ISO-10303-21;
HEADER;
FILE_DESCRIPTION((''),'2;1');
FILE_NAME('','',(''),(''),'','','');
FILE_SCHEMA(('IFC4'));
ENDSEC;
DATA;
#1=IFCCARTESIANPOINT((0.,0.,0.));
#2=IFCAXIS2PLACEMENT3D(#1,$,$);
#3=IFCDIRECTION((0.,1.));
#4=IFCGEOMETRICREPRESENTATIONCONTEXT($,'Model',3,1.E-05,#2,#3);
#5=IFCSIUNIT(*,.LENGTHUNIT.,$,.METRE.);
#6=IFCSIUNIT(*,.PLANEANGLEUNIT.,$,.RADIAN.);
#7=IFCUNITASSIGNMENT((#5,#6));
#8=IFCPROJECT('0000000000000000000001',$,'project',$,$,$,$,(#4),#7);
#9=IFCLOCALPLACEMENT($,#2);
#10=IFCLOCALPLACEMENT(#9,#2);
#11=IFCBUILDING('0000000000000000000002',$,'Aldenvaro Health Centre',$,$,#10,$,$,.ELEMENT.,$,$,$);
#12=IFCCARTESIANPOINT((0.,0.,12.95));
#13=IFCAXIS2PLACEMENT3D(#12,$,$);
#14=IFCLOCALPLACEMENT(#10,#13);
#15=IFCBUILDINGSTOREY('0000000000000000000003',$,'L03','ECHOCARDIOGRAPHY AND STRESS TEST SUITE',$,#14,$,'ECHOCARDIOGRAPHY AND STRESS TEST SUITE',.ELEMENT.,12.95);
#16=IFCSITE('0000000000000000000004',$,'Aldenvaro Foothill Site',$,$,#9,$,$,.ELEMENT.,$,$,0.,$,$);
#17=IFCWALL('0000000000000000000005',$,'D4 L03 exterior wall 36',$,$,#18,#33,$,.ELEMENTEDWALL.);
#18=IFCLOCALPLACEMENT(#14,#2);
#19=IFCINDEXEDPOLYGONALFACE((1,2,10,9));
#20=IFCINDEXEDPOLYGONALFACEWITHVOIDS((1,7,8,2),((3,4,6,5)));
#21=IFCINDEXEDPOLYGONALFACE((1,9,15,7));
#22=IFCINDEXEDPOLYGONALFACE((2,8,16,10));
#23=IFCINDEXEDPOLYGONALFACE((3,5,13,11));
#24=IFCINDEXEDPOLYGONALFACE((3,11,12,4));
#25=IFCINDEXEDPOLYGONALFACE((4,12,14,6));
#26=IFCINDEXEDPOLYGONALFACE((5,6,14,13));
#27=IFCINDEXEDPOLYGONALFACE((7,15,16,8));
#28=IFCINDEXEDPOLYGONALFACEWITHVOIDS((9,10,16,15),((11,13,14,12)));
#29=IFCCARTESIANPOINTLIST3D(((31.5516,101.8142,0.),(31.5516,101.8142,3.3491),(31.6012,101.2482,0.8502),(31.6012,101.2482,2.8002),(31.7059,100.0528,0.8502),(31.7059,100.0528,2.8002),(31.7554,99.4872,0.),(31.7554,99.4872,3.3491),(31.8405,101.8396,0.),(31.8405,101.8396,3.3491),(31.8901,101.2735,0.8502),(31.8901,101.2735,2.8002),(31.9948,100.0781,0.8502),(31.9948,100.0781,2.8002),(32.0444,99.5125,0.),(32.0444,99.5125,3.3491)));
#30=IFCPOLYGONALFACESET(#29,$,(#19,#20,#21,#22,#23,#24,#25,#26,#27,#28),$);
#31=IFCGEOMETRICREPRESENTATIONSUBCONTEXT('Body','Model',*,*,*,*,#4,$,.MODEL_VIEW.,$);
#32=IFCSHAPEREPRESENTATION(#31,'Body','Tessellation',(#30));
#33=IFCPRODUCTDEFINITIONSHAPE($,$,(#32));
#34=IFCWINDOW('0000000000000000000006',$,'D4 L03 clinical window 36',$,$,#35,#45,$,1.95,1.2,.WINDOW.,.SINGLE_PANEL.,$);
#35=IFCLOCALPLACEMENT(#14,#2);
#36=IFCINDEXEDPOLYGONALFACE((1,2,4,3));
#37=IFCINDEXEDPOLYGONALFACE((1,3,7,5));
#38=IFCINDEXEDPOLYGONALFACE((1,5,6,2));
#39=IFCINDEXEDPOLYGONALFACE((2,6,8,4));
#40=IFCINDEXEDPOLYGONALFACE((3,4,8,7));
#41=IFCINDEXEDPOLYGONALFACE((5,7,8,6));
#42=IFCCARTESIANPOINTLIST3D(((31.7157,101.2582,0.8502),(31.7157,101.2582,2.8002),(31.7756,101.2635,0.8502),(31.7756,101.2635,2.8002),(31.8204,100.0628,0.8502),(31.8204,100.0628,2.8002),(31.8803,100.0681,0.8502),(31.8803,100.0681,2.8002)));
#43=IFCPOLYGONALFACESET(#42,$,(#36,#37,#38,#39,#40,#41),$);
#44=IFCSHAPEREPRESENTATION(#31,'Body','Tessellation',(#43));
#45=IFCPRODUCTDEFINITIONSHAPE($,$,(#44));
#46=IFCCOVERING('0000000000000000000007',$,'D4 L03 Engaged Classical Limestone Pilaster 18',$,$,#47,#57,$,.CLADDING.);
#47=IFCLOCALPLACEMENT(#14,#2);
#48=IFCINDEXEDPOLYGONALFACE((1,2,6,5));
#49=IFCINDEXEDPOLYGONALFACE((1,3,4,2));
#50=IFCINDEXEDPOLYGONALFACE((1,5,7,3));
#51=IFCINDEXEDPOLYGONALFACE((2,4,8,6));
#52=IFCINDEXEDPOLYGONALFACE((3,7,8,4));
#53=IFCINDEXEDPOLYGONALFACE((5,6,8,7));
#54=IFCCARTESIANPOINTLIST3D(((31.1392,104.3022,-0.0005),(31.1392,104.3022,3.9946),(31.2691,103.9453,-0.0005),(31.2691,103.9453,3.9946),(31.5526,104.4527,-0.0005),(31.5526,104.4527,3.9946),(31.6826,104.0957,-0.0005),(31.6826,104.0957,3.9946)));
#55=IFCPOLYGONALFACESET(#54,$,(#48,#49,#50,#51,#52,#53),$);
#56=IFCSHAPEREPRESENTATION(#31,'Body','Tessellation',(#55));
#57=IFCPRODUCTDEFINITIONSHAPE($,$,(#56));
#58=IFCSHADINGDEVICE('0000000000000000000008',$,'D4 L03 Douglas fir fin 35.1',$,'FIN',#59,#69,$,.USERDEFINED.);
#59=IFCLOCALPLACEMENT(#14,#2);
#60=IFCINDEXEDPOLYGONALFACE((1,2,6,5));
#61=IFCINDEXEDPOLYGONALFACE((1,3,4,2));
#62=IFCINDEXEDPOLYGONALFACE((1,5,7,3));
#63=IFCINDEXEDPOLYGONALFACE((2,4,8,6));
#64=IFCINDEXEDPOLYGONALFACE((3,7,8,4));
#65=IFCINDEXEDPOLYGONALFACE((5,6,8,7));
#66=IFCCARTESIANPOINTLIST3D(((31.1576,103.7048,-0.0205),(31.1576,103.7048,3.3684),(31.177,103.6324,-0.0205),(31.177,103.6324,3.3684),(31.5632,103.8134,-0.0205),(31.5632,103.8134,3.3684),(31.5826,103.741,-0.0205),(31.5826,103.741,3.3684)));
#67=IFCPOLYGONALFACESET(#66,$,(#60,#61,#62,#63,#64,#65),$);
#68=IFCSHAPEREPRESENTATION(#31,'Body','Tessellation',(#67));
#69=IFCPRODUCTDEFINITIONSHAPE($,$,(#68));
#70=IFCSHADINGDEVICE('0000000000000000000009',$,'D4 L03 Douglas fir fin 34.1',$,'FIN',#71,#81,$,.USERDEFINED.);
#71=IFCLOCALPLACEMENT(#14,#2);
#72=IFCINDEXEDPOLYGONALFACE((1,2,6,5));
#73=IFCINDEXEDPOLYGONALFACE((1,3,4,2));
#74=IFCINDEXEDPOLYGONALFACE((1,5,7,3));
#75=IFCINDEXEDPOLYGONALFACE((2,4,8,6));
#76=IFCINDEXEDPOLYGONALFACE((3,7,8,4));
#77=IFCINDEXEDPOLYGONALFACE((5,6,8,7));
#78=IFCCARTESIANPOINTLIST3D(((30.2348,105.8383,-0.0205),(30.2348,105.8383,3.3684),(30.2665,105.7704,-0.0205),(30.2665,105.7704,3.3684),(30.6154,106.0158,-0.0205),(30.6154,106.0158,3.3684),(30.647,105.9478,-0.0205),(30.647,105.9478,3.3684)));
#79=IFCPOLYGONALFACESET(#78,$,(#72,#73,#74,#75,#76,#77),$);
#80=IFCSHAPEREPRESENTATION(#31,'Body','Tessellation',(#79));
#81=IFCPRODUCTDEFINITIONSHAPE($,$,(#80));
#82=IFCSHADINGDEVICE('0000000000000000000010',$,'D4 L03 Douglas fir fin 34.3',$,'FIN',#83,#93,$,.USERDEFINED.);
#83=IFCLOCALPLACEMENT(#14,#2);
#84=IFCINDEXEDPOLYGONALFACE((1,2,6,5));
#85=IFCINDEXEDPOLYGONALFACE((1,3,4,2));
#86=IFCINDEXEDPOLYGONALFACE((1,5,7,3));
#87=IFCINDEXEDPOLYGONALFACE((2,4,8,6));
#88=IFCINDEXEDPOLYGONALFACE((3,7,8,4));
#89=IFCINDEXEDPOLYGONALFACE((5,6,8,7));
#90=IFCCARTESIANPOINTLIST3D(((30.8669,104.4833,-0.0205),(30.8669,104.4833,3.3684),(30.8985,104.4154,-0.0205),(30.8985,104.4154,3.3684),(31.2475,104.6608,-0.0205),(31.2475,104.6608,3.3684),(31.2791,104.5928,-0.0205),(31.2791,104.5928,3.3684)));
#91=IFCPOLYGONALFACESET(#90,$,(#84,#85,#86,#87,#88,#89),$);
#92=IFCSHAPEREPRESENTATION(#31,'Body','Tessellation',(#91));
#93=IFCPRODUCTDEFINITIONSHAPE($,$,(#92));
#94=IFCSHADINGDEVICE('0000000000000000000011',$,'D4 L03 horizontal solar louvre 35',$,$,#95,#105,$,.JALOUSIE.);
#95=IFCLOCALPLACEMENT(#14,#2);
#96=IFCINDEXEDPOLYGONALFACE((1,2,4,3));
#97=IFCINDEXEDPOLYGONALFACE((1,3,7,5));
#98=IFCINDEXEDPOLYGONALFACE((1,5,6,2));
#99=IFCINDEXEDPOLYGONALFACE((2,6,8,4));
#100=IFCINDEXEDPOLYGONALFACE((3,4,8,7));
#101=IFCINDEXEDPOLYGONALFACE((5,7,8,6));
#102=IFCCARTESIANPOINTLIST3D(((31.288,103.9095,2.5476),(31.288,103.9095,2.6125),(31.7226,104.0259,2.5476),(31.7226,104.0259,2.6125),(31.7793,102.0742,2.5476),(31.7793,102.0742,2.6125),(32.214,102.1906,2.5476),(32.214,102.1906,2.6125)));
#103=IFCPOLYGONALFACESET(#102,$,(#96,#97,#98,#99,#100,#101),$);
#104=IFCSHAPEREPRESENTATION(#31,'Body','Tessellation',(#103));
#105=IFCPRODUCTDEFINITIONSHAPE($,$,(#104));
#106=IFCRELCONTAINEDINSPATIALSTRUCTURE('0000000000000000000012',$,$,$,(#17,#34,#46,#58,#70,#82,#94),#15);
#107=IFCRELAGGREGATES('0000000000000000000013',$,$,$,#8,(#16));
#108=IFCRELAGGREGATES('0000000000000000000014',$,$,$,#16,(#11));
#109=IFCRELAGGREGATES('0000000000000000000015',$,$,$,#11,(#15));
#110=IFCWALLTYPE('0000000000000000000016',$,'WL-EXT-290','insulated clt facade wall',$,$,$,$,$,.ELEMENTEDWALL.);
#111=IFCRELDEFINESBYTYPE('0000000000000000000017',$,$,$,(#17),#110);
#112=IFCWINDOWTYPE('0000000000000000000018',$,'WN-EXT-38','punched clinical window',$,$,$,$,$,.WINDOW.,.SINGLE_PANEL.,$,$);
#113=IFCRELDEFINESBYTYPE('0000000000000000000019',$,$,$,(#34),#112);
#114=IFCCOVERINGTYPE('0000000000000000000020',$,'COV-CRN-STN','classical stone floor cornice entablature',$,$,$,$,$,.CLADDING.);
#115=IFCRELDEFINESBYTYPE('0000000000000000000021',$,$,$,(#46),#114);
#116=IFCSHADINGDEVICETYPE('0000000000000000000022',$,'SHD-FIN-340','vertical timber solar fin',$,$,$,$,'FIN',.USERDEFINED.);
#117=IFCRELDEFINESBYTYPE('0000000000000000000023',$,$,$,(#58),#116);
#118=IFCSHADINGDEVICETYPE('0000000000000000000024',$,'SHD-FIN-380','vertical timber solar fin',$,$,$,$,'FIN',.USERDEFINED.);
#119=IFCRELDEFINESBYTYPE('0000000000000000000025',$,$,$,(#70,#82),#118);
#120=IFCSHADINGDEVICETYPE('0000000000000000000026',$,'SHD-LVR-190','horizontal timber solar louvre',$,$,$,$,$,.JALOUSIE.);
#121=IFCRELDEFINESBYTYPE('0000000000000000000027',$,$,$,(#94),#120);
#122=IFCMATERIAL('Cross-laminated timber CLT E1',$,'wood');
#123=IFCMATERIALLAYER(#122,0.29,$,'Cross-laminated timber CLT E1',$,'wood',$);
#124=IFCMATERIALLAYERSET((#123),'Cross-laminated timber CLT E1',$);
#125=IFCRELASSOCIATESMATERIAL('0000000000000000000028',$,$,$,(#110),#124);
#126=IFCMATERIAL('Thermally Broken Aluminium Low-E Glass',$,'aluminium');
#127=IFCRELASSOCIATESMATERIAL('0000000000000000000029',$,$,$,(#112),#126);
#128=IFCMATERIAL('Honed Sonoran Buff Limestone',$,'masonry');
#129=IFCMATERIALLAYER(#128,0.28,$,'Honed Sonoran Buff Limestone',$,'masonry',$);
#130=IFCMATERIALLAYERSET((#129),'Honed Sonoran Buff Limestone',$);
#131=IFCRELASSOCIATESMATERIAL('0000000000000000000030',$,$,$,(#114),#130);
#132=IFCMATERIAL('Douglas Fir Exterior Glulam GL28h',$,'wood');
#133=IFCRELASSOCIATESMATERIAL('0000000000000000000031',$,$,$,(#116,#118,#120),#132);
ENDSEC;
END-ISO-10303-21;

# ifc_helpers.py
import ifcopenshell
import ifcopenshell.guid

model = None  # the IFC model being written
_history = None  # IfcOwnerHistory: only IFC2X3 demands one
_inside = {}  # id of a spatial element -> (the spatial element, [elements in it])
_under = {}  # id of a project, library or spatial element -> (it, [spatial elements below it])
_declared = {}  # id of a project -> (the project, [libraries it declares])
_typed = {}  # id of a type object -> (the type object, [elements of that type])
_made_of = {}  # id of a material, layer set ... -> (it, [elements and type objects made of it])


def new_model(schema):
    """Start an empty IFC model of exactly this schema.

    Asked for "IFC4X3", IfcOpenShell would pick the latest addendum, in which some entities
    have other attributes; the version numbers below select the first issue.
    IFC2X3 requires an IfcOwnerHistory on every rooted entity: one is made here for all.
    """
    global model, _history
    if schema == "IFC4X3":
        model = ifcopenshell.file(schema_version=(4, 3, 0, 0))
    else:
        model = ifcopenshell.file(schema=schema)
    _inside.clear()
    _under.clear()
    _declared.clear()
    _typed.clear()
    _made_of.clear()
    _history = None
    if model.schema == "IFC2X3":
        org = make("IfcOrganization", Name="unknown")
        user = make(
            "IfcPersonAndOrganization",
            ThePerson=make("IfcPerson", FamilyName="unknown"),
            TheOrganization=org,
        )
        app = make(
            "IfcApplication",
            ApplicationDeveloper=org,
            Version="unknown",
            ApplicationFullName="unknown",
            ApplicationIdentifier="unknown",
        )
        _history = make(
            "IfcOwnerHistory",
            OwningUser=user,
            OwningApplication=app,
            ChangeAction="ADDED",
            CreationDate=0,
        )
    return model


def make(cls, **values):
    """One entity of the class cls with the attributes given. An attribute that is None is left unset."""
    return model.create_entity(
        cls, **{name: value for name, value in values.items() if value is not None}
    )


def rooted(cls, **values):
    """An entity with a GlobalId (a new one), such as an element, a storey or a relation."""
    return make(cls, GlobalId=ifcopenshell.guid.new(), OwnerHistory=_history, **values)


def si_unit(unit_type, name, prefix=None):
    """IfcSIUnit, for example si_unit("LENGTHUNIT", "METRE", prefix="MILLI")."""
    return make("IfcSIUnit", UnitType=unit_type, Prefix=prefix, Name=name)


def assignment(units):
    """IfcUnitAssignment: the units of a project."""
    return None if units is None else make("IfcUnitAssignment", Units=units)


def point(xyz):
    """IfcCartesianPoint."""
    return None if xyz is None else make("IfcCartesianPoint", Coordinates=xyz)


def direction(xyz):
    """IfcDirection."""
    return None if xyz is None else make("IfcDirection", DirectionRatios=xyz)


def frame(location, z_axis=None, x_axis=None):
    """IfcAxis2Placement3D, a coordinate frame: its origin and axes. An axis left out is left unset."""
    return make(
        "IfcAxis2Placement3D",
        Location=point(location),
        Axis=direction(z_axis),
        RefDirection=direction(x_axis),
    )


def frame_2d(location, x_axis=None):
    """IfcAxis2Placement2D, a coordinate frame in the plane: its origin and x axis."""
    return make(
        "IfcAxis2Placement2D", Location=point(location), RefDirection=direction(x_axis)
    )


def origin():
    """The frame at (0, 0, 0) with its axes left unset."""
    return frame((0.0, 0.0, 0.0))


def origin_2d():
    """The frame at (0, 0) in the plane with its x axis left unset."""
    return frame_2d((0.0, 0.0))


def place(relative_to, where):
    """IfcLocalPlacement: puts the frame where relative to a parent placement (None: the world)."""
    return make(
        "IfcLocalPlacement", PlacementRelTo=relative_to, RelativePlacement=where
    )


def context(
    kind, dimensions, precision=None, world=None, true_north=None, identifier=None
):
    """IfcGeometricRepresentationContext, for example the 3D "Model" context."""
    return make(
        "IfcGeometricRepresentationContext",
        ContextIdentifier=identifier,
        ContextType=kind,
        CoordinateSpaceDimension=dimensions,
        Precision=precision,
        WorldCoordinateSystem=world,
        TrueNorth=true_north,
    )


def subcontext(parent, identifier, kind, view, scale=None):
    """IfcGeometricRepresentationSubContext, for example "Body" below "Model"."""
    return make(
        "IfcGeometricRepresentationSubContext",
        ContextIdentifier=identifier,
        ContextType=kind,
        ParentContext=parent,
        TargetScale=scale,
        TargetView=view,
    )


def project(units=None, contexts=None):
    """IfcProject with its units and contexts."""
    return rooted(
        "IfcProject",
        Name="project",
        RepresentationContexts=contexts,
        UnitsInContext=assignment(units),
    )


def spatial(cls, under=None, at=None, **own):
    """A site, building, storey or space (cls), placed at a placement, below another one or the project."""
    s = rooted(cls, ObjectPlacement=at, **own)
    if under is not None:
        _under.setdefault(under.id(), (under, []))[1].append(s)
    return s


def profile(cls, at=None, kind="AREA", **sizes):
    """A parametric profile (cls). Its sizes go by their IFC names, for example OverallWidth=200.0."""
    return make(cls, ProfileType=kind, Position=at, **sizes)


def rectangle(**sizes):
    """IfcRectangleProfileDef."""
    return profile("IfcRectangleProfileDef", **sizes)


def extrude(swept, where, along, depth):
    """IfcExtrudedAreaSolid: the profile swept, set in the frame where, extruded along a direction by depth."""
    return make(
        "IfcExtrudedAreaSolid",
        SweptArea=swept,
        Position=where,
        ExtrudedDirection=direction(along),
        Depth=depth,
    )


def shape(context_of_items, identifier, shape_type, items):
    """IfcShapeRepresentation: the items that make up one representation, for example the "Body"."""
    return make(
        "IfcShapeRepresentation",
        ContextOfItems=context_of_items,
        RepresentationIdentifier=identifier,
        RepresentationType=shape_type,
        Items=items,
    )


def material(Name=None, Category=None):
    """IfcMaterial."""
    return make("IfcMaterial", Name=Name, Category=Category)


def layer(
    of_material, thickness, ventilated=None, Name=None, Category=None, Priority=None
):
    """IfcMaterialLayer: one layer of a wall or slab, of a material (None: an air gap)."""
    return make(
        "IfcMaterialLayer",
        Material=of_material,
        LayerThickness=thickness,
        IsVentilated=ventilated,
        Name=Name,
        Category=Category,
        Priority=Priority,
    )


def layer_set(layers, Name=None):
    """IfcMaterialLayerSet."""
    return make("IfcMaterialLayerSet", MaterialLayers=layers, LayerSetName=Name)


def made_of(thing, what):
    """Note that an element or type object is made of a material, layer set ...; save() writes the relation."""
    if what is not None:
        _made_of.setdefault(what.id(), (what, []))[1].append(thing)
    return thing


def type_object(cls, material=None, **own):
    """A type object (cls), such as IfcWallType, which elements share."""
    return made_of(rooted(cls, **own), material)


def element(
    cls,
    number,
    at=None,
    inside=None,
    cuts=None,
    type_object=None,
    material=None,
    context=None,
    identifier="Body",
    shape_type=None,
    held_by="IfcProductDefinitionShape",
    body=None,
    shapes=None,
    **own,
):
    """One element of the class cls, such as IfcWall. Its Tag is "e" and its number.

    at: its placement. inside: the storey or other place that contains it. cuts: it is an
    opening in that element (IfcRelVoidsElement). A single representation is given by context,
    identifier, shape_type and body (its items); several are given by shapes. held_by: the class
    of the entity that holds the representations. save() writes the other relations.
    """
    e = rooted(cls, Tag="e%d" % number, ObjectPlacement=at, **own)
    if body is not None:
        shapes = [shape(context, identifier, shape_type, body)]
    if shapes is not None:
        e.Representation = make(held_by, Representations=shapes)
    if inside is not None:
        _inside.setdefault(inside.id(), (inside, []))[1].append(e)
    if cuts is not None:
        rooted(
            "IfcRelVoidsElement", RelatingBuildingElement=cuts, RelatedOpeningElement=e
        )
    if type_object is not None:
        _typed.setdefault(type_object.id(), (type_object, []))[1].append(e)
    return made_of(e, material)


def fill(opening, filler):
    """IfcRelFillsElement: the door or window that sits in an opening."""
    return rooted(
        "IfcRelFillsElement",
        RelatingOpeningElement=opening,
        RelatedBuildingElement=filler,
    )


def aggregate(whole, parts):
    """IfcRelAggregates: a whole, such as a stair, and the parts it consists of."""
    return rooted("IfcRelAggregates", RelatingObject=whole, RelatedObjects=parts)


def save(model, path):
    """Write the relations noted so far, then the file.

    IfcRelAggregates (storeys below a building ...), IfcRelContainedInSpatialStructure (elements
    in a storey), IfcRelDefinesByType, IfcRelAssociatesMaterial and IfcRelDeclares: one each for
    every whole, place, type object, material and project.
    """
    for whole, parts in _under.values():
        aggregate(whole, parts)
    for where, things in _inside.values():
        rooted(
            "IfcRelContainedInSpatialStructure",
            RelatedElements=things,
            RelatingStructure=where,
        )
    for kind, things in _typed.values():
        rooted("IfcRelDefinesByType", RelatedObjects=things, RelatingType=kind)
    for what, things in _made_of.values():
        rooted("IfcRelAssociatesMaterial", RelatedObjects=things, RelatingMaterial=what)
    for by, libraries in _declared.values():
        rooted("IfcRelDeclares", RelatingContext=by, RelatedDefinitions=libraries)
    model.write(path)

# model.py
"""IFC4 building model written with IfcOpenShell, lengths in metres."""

from ifc_helpers import new_model, si_unit, direction, frame, frame_2d, origin, origin_2d, place, context, subcontext, project, spatial, rectangle, extrude, material, layer, layer_set, type_object, element, fill, save


model = new_model("IFC4")

# Units and contexts
model_context = context("Model", 3, precision=1e-05, world=origin(), true_north=direction((0.0, 1.0)))
body_context = subcontext(model_context, "Body", "Model", "MODEL_VIEW")
ifc_project = project(units=[si_unit("LENGTHUNIT", "METRE"), si_unit("PLANEANGLEUNIT", "RADIAN")], contexts=[model_context])

# Site, building, storey
site_placement = place(None, origin())
site = spatial("IfcSite", under=ifc_project, at=site_placement, Name="Aldenvaro Foothill Site", CompositionType="ELEMENT", RefElevation=0.0)
building_placement = place(site_placement, origin())
building = spatial("IfcBuilding", under=site, at=building_placement, Name="Aldenvaro Health Centre", CompositionType="ELEMENT")
storey_placement = place(building_placement, frame((0.0, 0.0, 12.95)))
storey = spatial("IfcBuildingStorey", under=building, at=storey_placement, Name="L03", Description="ECHOCARDIOGRAPHY AND STRESS TEST SUITE", LongName="ECHOCARDIOGRAPHY AND STRESS TEST SUITE", CompositionType="ELEMENT", Elevation=12.95)

# Wall, opening, window
ifc_material_1 = material(Name="Cross-laminated timber CLT E1", Category="wood")
ifc_layer_1 = layer(ifc_material_1, 0.29, Name="Cross-laminated timber CLT E1", Category="wood")
ifc_layer_set_1 = layer_set([ifc_layer_1], Name="Cross-laminated timber CLT E1")
wall_type = type_object("IfcWallType", Name="WL-EXT-290", Description="insulated clt facade wall", PredefinedType="ELEMENTEDWALL", material=ifc_layer_set_1)
ifc_material_2 = material(Name="Thermally Broken Aluminium Low-E Glass", Category="aluminium")
wall_1_placement = place(storey_placement, frame((31.696, 101.8269, 0.0), z_axis=(0.0, 0.0, 1.0), x_axis=(0.087275, -0.996184, 0.0)))
wall_1 = element("IfcWall", 1, at=wall_1_placement, inside=storey, type_object=wall_type, Name="D4 L03 exterior wall 36", PredefinedType="ELEMENTEDWALL", context=body_context, shape_type="SweptSolid", body=[
    extrude(rectangle(XDim=2.3359, YDim=0.29, at=frame_2d((1.168, 0.0))), origin(), (0.0, 0.0, 1.0), 3.3491),
])
opening_1_placement = place(wall_1_placement, frame((0.5681, 0.0, 0.8501)))
opening_1 = element("IfcOpeningElement", 2, at=opening_1_placement, cuts=wall_1, PredefinedType="OPENING", context=body_context, shape_type="SweptSolid", body=[
    extrude(rectangle(XDim=1.2, YDim=1.95, at=frame_2d((0.6001, 0.9751))), frame((0.0, 0.155, 0.0), z_axis=(0.0, -1.0, 0.0), x_axis=(1.0, 0.0, 0.0)), (0.0, 0.0, 1.0), 0.3101),
])
window_type_1 = type_object("IfcWindowType", Name="WN-EXT-38", Description="punched clinical window", PartitioningType="SINGLE_PANEL", PredefinedType="WINDOW", material=ifc_material_2)
window_1_placement = place(opening_1_placement, origin())
window_1 = element("IfcWindow", 3, at=window_1_placement, inside=storey, type_object=window_type_1, Name="D4 L03 clinical window 36", OverallHeight=1.95, OverallWidth=1.2, PartitioningType="SINGLE_PANEL", PredefinedType="WINDOW", context=body_context, shape_type="SweptSolid", body=[
    extrude(rectangle(XDim=1.2, YDim=1.95, at=frame_2d((0.6001, 0.9751))), frame((0.0, 0.03, 0.0), z_axis=(0.0, -1.0, 0.0), x_axis=(1.0, 0.0, 0.0)), (0.0, 0.0, 1.0), 0.0601),
])
fill(opening_1, window_1)

# Covering
ifc_material_3 = material(Name="Honed Sonoran Buff Limestone", Category="masonry")
ifc_layer_2 = layer(ifc_material_3, 0.28, Name="Honed Sonoran Buff Limestone", Category="masonry")
ifc_layer_set_2 = layer_set([ifc_layer_2], Name="Honed Sonoran Buff Limestone")
covering_type = type_object("IfcCoveringType", Name="COV-CRN-STN", Description="classical stone floor cornice entablature", PredefinedType="CLADDING", material=ifc_layer_set_2)
covering_placement = place(storey_placement, frame((31.4109, 104.199, -0.0005), z_axis=(0.0, 0.0, 1.0), x_axis=(0.939695, 0.342013, 0.0)))
element("IfcCovering", 4, at=covering_placement, inside=storey, type_object=covering_type, Name="D4 L03 Engaged Classical Limestone Pilaster 18", PredefinedType="CLADDING", context=body_context, shape_type="SweptSolid", body=[
    extrude(rectangle(XDim=0.4399, YDim=0.3799, at=origin_2d()), origin(), (0.0, 0.0, 1.0), 3.9951),
])

# Shading devices
ifc_material_4 = material(Name="Douglas Fir Exterior Glulam GL28h", Category="wood")
shading_device_type_1 = type_object("IfcShadingDeviceType", Name="SHD-FIN-340", Description="vertical timber solar fin", ElementType="FIN", PredefinedType="USERDEFINED", material=ifc_material_4)
shading_device_1_placement = place(storey_placement, frame((31.3701, 103.7229, -0.0205), z_axis=(0.0, 0.0, 1.0), x_axis=(0.258622, -0.965979, 0.0)))
element("IfcShadingDevice", 5, at=shading_device_1_placement, inside=storey, type_object=shading_device_type_1, Name="D4 L03 Douglas fir fin 35.1", ObjectType="FIN", PredefinedType="USERDEFINED", context=body_context, shape_type="SweptSolid", body=[
    extrude(rectangle(XDim=0.075, YDim=0.4199, at=origin_2d()), origin(), (0.0, 0.0, 1.0), 3.3889),
])
shading_device_type_2 = type_object("IfcShadingDeviceType", Name="SHD-FIN-380", Description="vertical timber solar fin", ElementType="FIN", PredefinedType="USERDEFINED", material=ifc_material_4)
for number, where, z_axis, x_axis, name in (
    (6, (30.4409, 105.8931, -0.0205), (0.0, 0.0, 1.0), (0.422557, -0.906336, 0.0), "D4 L03 Douglas fir fin 34.1"),
    (7, (31.073, 104.5381, -0.0205), (0.0, 0.0, 1.0), (0.422557, -0.906336, 0.0), "D4 L03 Douglas fir fin 34.3"),
):
    element("IfcShadingDevice", number, at=place(storey_placement, frame(where, z_axis=z_axis, x_axis=x_axis)), inside=storey, type_object=shading_device_type_2, Name=name, ObjectType="FIN", PredefinedType="USERDEFINED", context=body_context, shape_type="SweptSolid", body=[
        extrude(rectangle(XDim=0.075, YDim=0.4199, at=origin_2d()), origin(), (0.0, 0.0, 1.0), 3.3889),
    ])
shading_device_type_3 = type_object("IfcShadingDeviceType", Name="SHD-LVR-190", Description="horizontal timber solar louvre", PredefinedType="JALOUSIE", material=ifc_material_4)
shading_device_2_placement = place(storey_placement, frame((31.751, 103.05, 2.5476), z_axis=(0.0, 0.0, 1.0), x_axis=(0.258622, -0.965979, 0.0)))
element("IfcShadingDevice", 8, at=shading_device_2_placement, inside=storey, type_object=shading_device_type_3, Name="D4 L03 horizontal solar louvre 35", PredefinedType="JALOUSIE", context=body_context, shape_type="SweptSolid", body=[
    extrude(rectangle(XDim=1.8999, YDim=0.45, at=origin_2d()), origin(), (0.0, 0.0, 1.0), 0.0649),
])

save(model, "model.ifc")
